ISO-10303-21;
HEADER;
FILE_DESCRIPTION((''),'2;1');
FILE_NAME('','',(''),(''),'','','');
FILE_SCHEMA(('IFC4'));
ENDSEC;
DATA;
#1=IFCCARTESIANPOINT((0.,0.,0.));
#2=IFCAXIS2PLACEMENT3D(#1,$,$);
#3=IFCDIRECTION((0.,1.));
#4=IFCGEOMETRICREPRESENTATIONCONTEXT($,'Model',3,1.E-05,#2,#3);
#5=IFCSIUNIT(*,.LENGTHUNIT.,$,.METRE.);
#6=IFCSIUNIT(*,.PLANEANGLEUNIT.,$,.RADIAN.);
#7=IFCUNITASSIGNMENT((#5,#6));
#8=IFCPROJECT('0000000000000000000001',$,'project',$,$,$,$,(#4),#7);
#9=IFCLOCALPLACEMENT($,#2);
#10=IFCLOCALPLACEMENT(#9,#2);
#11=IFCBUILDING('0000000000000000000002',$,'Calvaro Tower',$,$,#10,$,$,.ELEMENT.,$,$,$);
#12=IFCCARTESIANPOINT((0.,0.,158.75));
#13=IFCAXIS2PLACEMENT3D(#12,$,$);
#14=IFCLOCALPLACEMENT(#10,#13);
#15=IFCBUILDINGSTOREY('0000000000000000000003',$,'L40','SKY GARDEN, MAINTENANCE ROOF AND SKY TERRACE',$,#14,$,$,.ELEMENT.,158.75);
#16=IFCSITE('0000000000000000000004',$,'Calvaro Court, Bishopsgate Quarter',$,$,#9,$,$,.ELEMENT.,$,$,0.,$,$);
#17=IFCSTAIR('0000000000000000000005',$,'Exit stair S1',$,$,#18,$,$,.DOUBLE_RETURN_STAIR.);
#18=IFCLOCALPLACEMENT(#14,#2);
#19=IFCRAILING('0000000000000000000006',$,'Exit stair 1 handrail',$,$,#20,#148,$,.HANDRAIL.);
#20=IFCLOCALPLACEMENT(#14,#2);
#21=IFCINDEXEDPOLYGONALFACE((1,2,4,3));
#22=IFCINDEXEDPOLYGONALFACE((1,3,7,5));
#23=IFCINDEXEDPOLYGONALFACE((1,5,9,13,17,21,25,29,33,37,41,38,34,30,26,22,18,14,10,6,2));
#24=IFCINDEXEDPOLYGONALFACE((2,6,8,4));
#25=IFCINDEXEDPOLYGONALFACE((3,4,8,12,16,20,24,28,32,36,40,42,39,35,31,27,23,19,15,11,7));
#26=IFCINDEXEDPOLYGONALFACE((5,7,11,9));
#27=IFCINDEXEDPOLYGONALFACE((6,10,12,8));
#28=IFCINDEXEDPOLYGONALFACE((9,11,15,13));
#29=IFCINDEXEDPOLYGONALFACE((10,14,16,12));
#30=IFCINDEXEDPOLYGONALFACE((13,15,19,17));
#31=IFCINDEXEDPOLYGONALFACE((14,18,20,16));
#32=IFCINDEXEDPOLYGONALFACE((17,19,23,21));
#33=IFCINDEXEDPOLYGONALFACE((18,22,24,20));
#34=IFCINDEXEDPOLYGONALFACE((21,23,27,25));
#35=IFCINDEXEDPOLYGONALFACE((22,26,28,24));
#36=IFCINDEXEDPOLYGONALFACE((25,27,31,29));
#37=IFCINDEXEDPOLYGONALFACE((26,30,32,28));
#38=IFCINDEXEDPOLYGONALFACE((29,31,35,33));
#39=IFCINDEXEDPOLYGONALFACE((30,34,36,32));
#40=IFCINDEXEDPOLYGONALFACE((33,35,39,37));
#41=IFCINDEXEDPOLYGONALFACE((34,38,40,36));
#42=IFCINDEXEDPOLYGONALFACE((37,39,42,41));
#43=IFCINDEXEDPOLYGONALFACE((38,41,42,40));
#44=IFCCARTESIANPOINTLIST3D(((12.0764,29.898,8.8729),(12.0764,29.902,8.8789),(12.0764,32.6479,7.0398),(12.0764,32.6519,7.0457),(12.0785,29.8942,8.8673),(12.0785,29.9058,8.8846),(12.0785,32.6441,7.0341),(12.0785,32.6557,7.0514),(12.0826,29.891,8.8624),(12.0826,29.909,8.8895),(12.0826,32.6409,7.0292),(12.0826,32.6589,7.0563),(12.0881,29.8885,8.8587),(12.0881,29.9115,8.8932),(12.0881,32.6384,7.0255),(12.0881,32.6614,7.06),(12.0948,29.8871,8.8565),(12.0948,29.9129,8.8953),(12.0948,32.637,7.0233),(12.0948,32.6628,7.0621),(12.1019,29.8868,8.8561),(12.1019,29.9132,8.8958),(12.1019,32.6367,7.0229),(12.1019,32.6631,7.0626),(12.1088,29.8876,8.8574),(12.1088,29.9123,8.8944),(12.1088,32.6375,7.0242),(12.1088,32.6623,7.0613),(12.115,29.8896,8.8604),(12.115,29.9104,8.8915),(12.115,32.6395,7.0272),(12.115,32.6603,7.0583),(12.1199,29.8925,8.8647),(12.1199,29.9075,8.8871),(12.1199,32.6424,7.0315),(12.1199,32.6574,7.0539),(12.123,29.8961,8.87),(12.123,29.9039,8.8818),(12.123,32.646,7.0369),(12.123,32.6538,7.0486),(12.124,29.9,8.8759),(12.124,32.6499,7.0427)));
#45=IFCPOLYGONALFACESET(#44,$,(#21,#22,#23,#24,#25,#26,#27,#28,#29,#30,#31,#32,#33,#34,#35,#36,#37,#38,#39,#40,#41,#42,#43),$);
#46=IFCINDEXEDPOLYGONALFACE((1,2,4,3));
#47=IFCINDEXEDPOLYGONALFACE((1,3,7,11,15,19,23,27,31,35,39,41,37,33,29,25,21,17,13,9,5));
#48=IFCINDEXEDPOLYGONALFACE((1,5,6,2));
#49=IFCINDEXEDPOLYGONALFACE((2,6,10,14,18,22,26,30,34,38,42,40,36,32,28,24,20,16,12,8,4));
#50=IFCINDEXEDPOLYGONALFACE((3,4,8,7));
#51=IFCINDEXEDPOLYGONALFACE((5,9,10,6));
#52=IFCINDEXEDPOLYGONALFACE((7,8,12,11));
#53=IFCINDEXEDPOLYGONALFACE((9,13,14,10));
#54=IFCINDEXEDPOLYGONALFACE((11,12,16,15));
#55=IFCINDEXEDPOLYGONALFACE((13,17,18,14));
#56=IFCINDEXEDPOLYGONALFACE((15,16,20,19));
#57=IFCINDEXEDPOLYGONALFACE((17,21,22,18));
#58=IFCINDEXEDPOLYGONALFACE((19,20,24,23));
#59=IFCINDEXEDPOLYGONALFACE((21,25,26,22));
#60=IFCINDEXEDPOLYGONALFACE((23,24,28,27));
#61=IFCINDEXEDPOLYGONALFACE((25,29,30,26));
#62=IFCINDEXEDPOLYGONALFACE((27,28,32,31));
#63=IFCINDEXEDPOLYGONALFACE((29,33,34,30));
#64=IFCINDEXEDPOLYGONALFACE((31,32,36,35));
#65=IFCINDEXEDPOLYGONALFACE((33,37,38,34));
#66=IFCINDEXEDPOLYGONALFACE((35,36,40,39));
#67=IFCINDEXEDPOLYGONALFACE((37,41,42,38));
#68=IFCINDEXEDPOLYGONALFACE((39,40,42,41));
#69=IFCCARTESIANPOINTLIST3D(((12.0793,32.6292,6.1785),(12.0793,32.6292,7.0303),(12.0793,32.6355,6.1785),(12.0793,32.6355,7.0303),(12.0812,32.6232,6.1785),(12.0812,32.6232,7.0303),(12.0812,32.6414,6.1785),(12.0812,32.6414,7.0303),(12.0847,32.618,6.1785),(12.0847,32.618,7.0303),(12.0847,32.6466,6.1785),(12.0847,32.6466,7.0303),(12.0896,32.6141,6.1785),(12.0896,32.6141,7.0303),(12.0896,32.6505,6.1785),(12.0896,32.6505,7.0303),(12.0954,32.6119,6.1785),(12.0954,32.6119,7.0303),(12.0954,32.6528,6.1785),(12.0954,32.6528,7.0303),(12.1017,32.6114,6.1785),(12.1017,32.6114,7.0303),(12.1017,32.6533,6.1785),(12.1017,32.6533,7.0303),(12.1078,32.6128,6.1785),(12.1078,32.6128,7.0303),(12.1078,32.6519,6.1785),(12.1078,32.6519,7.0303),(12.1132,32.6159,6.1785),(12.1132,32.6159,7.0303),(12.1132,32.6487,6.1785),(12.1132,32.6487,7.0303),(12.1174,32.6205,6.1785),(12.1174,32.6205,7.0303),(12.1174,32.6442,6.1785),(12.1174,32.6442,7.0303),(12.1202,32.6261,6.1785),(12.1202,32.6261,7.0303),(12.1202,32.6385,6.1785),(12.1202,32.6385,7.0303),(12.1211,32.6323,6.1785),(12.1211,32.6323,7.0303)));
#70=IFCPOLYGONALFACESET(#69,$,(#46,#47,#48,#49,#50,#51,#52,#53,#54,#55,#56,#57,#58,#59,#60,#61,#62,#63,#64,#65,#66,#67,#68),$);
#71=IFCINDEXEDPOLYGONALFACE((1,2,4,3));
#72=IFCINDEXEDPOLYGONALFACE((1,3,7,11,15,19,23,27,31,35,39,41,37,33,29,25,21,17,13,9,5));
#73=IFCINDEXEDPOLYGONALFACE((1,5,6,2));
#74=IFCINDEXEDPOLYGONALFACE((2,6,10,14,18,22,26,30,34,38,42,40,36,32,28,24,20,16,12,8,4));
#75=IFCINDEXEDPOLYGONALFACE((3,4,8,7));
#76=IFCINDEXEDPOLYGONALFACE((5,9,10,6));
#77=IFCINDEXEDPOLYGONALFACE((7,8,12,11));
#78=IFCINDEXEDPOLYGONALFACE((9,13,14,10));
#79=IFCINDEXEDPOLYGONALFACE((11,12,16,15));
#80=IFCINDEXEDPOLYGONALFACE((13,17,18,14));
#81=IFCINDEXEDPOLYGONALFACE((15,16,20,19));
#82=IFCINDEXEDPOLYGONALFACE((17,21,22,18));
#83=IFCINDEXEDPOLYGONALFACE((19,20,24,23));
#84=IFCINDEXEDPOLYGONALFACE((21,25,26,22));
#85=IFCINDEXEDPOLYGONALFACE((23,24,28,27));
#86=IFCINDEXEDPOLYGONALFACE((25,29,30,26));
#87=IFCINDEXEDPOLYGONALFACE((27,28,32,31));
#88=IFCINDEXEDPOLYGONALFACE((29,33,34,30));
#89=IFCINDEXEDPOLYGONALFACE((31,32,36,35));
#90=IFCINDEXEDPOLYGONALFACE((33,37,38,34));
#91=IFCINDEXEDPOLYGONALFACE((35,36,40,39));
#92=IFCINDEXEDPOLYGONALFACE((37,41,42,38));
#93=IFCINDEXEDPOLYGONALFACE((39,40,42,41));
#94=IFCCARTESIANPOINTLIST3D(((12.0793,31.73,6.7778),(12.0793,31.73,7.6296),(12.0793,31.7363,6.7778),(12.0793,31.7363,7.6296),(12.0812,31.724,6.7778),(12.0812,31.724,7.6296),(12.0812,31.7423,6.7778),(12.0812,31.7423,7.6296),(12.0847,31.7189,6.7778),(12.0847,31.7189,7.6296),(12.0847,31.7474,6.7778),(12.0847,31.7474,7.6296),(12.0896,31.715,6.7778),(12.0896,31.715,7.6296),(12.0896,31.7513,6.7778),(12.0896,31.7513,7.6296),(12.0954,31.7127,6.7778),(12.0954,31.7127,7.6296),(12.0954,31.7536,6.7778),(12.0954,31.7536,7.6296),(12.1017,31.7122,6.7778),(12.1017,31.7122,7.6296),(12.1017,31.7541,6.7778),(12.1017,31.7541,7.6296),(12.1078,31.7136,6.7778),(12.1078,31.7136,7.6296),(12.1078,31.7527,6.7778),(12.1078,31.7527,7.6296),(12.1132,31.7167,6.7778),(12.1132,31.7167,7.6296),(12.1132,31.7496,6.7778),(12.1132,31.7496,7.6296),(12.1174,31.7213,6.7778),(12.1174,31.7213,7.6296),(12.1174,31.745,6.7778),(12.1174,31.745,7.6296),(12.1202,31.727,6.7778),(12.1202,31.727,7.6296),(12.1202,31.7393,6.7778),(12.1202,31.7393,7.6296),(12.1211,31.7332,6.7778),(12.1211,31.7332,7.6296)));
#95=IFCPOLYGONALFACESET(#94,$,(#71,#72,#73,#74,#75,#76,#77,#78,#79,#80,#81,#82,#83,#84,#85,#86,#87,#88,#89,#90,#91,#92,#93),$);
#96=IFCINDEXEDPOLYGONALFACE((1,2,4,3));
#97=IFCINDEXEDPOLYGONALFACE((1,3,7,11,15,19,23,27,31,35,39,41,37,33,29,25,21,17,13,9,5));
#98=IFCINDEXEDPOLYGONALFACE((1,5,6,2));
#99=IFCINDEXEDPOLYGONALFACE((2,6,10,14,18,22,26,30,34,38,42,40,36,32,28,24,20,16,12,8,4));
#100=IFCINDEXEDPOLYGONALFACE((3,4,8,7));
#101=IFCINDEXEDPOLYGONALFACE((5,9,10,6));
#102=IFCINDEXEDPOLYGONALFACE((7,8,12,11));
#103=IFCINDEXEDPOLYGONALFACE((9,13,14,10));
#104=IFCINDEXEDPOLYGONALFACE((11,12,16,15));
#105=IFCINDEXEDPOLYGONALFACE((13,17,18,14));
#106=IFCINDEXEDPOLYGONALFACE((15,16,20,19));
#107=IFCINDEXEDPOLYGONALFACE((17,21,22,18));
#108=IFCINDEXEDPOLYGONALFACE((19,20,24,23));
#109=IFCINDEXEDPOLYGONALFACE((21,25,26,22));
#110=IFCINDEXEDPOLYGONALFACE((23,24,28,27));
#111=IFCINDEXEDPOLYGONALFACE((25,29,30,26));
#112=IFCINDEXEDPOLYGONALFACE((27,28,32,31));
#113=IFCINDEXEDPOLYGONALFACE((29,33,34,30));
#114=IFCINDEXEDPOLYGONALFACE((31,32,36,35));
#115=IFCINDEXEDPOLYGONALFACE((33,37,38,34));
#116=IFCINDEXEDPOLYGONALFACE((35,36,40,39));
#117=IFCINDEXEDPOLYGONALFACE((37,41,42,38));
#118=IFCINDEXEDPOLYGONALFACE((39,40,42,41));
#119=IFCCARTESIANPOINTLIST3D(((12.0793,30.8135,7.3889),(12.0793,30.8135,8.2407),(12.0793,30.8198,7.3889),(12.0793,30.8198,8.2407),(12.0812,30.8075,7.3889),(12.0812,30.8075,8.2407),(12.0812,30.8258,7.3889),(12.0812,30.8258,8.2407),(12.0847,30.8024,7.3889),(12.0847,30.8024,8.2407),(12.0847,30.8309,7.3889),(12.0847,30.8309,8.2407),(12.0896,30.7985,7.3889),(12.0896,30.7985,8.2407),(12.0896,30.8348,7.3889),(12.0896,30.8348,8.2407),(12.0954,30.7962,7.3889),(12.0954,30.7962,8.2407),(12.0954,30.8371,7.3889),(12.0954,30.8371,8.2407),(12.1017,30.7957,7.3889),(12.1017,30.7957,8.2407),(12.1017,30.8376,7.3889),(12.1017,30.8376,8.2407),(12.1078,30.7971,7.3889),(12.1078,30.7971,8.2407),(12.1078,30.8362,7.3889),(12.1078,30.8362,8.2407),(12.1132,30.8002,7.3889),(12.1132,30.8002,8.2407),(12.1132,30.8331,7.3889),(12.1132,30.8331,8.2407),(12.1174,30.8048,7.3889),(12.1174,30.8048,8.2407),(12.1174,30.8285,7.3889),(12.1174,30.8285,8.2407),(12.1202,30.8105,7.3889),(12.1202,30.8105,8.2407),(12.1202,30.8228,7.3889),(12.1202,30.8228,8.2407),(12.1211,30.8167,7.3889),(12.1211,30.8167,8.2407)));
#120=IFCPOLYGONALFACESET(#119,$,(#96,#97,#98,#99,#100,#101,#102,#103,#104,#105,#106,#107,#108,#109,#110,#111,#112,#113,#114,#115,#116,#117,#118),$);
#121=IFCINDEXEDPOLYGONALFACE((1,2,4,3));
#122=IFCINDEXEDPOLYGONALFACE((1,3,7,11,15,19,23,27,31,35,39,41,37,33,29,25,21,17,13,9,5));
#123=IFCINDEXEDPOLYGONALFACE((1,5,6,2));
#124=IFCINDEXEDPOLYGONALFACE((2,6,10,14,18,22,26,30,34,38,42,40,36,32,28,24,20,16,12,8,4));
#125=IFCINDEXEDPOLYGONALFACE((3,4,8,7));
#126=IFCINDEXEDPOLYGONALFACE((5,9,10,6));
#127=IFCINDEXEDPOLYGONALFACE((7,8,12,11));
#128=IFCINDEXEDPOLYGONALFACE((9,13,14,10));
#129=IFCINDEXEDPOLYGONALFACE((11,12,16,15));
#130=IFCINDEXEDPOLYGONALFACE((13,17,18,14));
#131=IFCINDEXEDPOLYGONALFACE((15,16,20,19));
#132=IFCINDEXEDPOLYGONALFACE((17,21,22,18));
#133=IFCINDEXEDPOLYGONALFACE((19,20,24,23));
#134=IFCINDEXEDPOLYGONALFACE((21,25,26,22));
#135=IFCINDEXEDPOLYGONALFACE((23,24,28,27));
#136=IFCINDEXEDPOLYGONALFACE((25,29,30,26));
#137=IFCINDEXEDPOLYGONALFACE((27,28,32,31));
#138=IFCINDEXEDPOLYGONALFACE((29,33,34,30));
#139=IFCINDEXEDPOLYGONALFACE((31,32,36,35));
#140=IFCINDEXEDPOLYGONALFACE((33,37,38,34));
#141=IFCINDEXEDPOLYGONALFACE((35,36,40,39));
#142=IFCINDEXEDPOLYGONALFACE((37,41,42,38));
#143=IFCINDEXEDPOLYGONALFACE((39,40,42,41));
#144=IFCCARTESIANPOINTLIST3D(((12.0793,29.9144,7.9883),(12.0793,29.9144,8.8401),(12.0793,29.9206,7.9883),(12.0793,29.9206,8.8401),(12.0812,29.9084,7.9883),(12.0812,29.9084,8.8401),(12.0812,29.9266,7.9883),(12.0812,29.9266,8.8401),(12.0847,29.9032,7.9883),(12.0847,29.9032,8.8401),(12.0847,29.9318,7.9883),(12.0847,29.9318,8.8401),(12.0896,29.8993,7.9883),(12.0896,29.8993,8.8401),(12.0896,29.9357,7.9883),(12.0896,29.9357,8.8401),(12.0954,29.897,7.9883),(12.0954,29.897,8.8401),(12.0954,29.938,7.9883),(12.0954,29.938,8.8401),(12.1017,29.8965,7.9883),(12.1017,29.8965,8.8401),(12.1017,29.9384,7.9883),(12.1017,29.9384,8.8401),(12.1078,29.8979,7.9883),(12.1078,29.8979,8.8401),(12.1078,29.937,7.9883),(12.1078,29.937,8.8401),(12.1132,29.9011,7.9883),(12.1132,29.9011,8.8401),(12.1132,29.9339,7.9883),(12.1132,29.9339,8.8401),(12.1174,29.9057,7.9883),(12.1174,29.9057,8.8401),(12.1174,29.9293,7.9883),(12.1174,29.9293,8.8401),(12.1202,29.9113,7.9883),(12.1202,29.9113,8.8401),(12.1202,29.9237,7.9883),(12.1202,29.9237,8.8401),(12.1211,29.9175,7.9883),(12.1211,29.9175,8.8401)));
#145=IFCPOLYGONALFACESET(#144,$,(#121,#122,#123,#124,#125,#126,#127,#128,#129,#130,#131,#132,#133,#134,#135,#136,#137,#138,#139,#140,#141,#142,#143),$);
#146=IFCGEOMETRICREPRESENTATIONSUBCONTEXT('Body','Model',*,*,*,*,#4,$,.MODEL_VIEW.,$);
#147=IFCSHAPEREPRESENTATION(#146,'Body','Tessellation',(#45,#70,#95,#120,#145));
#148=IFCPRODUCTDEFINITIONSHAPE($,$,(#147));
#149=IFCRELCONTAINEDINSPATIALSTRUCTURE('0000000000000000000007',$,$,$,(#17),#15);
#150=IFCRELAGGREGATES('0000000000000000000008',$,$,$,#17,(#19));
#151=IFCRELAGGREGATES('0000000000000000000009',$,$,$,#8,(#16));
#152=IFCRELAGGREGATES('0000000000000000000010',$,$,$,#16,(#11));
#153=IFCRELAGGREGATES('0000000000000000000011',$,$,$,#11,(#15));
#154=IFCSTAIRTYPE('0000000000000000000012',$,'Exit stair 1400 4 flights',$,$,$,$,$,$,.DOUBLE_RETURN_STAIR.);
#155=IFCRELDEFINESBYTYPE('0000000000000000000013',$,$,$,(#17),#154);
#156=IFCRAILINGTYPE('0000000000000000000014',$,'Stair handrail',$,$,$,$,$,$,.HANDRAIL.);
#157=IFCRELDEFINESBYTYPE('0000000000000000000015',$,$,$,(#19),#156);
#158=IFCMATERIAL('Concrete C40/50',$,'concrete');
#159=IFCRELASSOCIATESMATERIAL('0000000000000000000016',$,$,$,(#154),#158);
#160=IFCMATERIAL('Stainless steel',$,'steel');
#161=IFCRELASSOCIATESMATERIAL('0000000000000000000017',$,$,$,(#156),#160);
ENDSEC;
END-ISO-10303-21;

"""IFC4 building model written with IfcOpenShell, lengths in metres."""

from ifc_helpers import new_model, si_unit, direction, frame, origin, origin_2d, place, context, subcontext, project, spatial, circle, extrude, material, type_object, element, aggregate, save


model = new_model("IFC4")

# Units and contexts
model_context = context("Model", 3, precision=1e-05, world=origin(), true_north=direction((0.0, 1.0)))
body_context = subcontext(model_context, "Body", "Model", "MODEL_VIEW")
ifc_project = project(units=[si_unit("LENGTHUNIT", "METRE"), si_unit("PLANEANGLEUNIT", "RADIAN")], contexts=[model_context])

# Site, building, storey
site_placement = place(None, origin())
site = spatial("IfcSite", under=ifc_project, at=site_placement, Name="Calvaro Court, Bishopsgate Quarter", CompositionType="ELEMENT", RefElevation=0.0)
building_placement = place(site_placement, origin())
building = spatial("IfcBuilding", under=site, at=building_placement, Name="Calvaro Tower", CompositionType="ELEMENT")
storey_placement = place(building_placement, frame((0.0, 0.0, 158.75)))
storey = spatial("IfcBuildingStorey", under=building, at=storey_placement, Name="L40", Description="SKY GARDEN, MAINTENANCE ROOF AND SKY TERRACE", CompositionType="ELEMENT", Elevation=158.75)

# Stair
ifc_material_1 = material(Name="Concrete C40/50", Category="concrete")
stair_type = type_object("IfcStairType", Name="Exit stair 1400 4 flights", PredefinedType="DOUBLE_RETURN_STAIR", material=ifc_material_1)
stair_placement = place(storey_placement, origin())
stair = element("IfcStair", 1, at=stair_placement, inside=storey, type_object=stair_type, Name="Exit stair S1", PredefinedType="DOUBLE_RETURN_STAIR")

# Railing
ifc_material_2 = material(Name="Stainless steel", Category="steel")
railing_type_1 = type_object("IfcRailingType", Name="Stair handrail", PredefinedType="HANDRAIL", material=ifc_material_2)
railing_1_placement = place(storey_placement, frame((12.1001, 32.6499, 6.1667)))
railing_1 = element("IfcRailing", 2, at=railing_1_placement, type_object=railing_type_1, Name="Exit stair 1 handrail", PredefinedType="HANDRAIL", context=body_context, shape_type="SweptSolid", body=[
    extrude(circle(Radius=0.0239, at=origin_2d()), frame((0.0, 0.0, 0.876), z_axis=(0.0, -0.832062, 0.554683), x_axis=(1.0, 0.0, 0.0)), (0.0, 0.0, 1.0), 3.3049),
    extrude(circle(Radius=0.021, at=origin_2d()), frame((0.0, -0.0176, 0.0117)), (0.0, 0.0, 1.0), 0.8518),
    extrude(circle(Radius=0.021, at=origin_2d()), frame((0.0, -0.9167, 0.6111)), (0.0, 0.0, 1.0), 0.8518),
    extrude(circle(Radius=0.021, at=origin_2d()), frame((0.0, -1.8333, 1.2222)), (0.0, 0.0, 1.0), 0.8518),
    extrude(circle(Radius=0.021, at=origin_2d()), frame((0.0, -2.7324, 1.8215)), (0.0, 0.0, 1.0), 0.8518),
])
aggregate(stair, [railing_1])

save(model, "model.ifc")
